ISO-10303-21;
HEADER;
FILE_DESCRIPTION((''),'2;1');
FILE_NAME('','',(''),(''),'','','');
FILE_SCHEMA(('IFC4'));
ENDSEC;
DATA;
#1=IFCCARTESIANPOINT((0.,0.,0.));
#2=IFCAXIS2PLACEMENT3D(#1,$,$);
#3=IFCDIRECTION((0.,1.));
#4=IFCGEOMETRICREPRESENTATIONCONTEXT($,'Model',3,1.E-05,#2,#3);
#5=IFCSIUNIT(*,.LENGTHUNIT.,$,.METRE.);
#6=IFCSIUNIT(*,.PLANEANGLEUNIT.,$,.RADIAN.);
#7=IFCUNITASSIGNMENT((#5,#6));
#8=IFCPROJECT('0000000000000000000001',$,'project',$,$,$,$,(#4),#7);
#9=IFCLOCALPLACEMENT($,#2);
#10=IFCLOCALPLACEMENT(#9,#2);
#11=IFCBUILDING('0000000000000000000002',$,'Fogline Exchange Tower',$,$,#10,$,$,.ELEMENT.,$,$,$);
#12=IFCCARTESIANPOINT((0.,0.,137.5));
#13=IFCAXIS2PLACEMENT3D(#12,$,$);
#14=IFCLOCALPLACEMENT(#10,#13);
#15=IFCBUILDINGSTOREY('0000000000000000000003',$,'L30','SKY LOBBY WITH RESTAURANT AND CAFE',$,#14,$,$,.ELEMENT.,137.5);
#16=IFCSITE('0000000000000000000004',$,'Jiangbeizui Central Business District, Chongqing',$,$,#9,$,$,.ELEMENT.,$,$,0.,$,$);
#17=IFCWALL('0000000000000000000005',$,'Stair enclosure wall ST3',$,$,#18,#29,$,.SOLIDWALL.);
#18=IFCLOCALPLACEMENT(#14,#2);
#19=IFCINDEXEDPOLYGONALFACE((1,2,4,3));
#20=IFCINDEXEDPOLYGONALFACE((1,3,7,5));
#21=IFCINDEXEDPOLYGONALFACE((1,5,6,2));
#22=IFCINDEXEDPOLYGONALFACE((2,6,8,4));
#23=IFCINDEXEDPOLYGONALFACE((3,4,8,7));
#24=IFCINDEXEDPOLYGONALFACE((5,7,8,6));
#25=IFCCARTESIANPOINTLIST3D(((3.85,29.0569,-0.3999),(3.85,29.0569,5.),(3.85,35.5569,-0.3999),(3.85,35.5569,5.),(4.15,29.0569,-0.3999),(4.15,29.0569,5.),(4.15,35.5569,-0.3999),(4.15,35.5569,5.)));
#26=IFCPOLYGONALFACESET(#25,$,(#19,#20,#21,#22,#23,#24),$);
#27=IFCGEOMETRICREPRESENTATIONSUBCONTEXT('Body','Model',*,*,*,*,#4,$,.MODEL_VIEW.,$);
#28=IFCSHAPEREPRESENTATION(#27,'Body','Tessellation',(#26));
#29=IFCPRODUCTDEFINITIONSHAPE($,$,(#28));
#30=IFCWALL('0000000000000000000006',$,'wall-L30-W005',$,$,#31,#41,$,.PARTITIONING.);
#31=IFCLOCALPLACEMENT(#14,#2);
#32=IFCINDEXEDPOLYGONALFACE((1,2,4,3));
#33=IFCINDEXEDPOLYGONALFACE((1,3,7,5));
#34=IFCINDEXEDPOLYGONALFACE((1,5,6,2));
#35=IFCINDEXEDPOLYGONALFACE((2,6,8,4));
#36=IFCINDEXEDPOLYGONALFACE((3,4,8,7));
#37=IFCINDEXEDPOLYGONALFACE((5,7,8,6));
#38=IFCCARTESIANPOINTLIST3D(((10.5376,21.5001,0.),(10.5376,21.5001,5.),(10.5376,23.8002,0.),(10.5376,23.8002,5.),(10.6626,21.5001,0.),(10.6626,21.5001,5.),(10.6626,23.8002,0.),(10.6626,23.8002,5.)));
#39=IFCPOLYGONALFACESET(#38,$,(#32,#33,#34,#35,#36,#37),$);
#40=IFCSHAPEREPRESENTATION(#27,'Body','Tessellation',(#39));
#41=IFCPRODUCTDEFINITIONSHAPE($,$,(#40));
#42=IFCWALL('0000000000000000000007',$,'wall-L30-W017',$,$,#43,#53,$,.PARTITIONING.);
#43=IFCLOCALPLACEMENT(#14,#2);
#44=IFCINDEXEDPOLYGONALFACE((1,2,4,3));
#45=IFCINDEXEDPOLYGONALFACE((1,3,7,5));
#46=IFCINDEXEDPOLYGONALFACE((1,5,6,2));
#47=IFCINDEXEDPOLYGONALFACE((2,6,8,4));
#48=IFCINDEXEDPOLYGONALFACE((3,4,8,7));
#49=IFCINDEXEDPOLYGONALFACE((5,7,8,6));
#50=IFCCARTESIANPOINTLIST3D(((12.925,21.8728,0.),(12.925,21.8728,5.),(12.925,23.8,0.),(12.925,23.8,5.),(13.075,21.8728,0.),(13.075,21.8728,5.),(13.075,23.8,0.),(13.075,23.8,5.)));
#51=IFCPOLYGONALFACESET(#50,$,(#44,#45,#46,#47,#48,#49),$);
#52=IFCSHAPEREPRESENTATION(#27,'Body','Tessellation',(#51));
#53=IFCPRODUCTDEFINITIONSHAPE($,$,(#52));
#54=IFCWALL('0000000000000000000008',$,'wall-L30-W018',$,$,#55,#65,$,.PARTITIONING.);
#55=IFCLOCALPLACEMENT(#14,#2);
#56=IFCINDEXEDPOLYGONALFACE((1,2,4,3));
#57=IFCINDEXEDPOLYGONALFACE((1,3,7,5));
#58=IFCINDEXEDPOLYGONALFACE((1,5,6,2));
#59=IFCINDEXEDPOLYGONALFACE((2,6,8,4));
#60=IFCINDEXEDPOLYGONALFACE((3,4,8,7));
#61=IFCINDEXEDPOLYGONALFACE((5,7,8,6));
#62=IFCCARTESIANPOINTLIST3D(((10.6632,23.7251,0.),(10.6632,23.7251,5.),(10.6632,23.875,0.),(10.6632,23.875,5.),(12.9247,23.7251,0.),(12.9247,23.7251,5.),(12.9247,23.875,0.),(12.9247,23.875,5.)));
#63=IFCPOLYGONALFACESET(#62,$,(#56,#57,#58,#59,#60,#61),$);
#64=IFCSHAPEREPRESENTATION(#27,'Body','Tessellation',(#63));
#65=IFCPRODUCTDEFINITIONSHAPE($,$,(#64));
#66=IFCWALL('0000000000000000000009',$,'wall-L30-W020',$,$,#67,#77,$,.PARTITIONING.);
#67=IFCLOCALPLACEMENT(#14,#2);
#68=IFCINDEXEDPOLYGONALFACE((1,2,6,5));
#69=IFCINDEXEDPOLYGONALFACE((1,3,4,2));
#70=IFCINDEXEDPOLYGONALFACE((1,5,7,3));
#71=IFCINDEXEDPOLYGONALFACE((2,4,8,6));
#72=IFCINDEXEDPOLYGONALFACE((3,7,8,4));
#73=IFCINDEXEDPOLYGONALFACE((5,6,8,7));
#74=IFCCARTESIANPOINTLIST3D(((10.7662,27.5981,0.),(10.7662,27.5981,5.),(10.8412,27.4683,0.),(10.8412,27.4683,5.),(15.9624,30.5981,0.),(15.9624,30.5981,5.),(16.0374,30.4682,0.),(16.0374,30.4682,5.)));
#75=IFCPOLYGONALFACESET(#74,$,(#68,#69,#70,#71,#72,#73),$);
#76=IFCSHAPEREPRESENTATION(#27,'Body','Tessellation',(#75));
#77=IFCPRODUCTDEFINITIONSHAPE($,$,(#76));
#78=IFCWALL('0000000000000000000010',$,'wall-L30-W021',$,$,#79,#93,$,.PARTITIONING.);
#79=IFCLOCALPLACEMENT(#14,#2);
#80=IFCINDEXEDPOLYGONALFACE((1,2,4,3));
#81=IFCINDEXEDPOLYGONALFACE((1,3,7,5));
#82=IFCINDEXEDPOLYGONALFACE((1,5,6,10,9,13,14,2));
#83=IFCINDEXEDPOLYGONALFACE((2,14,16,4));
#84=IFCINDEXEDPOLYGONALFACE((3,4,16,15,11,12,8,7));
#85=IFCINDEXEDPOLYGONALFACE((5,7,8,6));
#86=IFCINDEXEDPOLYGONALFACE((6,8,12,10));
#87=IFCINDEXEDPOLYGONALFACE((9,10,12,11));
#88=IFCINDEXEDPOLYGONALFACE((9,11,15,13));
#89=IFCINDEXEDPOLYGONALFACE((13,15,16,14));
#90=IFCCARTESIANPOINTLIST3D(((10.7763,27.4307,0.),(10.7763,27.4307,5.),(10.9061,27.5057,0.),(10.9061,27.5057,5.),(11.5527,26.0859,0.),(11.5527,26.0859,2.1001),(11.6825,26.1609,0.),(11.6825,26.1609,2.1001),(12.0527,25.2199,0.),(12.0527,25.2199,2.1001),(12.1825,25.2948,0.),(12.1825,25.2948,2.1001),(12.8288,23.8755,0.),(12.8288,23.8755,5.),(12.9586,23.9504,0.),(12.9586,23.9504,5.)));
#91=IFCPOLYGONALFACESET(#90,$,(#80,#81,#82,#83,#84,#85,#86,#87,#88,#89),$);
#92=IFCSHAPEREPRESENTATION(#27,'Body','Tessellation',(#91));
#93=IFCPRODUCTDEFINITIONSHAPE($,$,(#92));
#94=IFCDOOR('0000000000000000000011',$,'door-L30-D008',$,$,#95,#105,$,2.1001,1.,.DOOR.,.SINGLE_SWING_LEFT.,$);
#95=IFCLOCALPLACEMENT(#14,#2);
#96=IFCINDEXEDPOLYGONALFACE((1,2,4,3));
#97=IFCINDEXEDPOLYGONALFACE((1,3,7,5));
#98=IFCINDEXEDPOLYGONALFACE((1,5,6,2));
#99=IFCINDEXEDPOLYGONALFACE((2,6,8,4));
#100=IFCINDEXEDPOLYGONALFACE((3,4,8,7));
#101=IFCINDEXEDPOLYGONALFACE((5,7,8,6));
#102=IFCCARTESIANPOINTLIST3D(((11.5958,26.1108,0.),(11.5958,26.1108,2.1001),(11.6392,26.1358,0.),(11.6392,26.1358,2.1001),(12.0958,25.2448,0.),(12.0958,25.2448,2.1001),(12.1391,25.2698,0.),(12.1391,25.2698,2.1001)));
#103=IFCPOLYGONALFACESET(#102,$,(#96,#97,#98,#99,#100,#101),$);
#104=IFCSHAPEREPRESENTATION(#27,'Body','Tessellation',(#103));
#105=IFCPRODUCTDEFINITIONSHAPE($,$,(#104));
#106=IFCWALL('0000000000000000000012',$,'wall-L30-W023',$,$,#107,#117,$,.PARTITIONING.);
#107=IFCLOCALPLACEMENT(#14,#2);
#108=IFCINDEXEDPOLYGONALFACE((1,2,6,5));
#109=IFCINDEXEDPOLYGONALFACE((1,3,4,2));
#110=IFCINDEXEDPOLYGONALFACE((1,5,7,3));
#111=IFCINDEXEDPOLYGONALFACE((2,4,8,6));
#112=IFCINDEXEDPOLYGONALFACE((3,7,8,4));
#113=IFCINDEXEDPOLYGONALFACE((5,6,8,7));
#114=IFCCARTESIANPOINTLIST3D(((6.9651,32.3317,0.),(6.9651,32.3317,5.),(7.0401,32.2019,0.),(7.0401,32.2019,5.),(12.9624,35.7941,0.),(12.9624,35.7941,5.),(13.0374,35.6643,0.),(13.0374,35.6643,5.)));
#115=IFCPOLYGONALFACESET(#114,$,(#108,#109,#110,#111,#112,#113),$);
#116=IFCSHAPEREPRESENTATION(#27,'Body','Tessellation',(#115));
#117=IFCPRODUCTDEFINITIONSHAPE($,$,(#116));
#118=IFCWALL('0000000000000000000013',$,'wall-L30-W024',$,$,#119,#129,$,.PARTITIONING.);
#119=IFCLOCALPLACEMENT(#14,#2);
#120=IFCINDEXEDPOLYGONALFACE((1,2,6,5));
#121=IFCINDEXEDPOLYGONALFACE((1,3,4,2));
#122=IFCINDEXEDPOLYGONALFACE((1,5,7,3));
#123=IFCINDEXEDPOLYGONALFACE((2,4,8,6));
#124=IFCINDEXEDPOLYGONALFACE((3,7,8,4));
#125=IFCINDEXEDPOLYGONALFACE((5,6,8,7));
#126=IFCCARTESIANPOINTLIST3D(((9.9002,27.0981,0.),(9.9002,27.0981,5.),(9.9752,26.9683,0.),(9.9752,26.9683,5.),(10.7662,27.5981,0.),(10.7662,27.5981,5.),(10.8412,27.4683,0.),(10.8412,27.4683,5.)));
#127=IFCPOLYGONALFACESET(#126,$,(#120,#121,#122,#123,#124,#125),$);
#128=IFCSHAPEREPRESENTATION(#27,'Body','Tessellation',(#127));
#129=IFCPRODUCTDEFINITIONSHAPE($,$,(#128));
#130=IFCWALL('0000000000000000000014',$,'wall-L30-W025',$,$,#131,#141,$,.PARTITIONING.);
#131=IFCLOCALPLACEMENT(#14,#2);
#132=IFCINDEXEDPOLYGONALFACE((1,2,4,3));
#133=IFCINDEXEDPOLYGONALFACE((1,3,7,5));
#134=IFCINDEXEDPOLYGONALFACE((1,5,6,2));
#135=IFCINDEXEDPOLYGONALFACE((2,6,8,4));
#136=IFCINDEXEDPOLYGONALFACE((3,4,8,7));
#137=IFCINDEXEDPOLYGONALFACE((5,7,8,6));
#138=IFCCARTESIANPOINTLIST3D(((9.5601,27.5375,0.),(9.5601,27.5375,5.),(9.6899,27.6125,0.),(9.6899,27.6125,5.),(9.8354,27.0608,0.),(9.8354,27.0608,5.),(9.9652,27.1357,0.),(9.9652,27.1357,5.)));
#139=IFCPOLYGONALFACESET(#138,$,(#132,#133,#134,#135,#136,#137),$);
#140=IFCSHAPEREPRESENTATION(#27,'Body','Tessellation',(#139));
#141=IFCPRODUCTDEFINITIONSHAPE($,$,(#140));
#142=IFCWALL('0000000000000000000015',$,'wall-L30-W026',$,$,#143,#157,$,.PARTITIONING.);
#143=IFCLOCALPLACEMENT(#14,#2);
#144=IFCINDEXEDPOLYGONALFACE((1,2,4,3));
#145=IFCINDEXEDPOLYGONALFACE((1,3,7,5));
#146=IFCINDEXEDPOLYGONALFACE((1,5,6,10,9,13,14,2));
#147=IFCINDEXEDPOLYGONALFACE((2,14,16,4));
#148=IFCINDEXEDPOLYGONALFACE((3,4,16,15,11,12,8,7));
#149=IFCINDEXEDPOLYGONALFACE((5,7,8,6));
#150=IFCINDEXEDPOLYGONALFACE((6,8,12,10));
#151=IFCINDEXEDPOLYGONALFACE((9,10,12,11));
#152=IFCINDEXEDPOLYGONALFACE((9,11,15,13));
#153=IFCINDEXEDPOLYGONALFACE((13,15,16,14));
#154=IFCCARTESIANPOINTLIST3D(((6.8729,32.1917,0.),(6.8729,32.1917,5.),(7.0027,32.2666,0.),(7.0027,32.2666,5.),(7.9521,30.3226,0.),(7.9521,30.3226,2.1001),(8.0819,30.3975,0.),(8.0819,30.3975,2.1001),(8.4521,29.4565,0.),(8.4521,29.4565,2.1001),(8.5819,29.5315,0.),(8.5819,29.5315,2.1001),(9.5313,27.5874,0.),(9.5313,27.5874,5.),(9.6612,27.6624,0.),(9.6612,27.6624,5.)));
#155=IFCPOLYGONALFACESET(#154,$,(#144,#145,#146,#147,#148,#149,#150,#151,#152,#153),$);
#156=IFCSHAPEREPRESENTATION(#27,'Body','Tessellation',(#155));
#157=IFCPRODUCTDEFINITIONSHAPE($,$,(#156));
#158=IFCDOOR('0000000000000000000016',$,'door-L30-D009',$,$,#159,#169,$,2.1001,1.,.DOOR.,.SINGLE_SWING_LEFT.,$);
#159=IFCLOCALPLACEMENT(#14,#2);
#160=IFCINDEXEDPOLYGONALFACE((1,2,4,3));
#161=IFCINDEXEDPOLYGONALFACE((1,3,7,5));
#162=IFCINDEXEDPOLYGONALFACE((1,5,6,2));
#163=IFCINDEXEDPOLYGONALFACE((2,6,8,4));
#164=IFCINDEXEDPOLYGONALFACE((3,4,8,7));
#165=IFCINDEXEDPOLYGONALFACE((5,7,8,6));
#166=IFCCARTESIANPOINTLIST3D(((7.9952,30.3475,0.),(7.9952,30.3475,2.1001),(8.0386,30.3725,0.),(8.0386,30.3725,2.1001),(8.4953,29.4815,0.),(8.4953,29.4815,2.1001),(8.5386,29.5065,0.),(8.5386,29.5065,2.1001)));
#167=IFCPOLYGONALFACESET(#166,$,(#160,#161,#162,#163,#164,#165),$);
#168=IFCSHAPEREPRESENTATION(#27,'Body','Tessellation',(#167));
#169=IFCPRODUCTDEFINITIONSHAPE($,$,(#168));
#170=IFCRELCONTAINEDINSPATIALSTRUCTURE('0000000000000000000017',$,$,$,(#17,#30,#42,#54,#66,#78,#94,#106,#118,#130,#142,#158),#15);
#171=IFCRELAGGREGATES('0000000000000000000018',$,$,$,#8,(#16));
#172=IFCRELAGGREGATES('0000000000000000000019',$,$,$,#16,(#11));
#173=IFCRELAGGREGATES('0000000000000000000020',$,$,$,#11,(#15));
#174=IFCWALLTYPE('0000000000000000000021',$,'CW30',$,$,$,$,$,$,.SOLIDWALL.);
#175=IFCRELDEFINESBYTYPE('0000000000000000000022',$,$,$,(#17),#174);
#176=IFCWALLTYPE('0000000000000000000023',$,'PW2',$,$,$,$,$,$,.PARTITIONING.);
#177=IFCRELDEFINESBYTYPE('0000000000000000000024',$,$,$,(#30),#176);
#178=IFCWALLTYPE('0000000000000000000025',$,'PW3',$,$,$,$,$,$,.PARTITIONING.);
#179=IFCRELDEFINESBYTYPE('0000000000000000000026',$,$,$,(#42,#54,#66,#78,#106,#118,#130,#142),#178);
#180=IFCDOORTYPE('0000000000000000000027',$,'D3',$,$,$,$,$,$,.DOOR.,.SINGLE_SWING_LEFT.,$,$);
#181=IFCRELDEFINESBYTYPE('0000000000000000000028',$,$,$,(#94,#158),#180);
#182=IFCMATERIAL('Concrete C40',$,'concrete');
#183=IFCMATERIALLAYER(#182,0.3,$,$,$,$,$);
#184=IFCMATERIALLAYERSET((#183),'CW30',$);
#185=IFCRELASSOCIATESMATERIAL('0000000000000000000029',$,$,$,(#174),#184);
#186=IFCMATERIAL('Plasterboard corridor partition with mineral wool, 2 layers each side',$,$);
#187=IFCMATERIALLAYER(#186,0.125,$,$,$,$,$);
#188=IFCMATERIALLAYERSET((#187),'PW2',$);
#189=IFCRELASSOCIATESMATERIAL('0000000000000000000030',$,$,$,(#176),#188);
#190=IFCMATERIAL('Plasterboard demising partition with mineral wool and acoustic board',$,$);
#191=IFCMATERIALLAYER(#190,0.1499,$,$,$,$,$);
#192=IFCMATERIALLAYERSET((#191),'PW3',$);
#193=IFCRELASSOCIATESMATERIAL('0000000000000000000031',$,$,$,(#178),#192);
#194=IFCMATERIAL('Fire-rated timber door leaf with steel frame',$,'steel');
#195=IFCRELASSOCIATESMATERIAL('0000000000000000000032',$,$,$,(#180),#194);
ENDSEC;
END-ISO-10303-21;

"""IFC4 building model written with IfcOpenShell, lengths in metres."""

from ifc_helpers import new_model, si_unit, direction, frame, frame_2d, origin, place, context, subcontext, project, spatial, rectangle, extrude, material, layer, layer_set, type_object, element, fill, save


model = new_model("IFC4")

# Units and contexts
model_context = context("Model", 3, precision=1e-05, world=origin(), true_north=direction((0.0, 1.0)))
body_context = subcontext(model_context, "Body", "Model", "MODEL_VIEW")
ifc_project = project(units=[si_unit("LENGTHUNIT", "METRE"), si_unit("PLANEANGLEUNIT", "RADIAN")], contexts=[model_context])

# Site, building, storey
site_placement = place(None, origin())
site = spatial("IfcSite", under=ifc_project, at=site_placement, Name="Jiangbeizui Central Business District, Chongqing", CompositionType="ELEMENT", RefElevation=0.0)
building_placement = place(site_placement, origin())
building = spatial("IfcBuilding", under=site, at=building_placement, Name="Fogline Exchange Tower", CompositionType="ELEMENT")
storey_placement = place(building_placement, frame((0.0, 0.0, 137.5)))
storey = spatial("IfcBuildingStorey", under=building, at=storey_placement, Name="L30", Description="SKY LOBBY WITH RESTAURANT AND CAFE", CompositionType="ELEMENT", Elevation=137.5)

# Shared definitions
ifc_material_1 = material(Name="Concrete C40", Category="concrete")

# Walls
ifc_layer_1 = layer(ifc_material_1, 0.3)
ifc_layer_set_1 = layer_set([ifc_layer_1], Name="CW30")
wall_type_1 = type_object("IfcWallType", Name="CW30", PredefinedType="SOLIDWALL", material=ifc_layer_set_1)
wall_1_placement = place(storey_placement, frame((4.0, 29.0569, -0.3999), z_axis=(0.0, 0.0, 1.0), x_axis=(0.0, 1.0, 0.0)))
element("IfcWall", 1, at=wall_1_placement, inside=storey, type_object=wall_type_1, Name="Stair enclosure wall ST3", PredefinedType="SOLIDWALL", context=body_context, shape_type="SweptSolid", body=[
    extrude(rectangle(XDim=6.5, YDim=0.3, at=frame_2d((3.25, 0.0))), origin(), (0.0, 0.0, 1.0), 5.3999),
])
ifc_material_2 = material(Name="Plasterboard corridor partition with mineral wool, 2 layers each side")
ifc_layer_2 = layer(ifc_material_2, 0.125)
ifc_layer_set_2 = layer_set([ifc_layer_2], Name="PW2")
wall_type_2 = type_object("IfcWallType", Name="PW2", PredefinedType="PARTITIONING", material=ifc_layer_set_2)
wall_2_placement = place(storey_placement, frame((10.6001, 23.8, 0.0), z_axis=(0.0, 0.0, 1.0), x_axis=(0.0, -1.0, 0.0)))
element("IfcWall", 2, at=wall_2_placement, inside=storey, type_object=wall_type_2, Name="wall-L30-W005", PredefinedType="PARTITIONING", context=body_context, shape_type="SweptSolid", body=[
    extrude(rectangle(XDim=2.3, YDim=0.125, at=frame_2d((1.1499, 0.0))), origin(), (0.0, 0.0, 1.0), 5.0),
])
ifc_material_3 = material(Name="Plasterboard demising partition with mineral wool and acoustic board")
ifc_layer_3 = layer(ifc_material_3, 0.1499)
ifc_layer_set_3 = layer_set([ifc_layer_3], Name="PW3")
wall_type_3 = type_object("IfcWallType", Name="PW3", PredefinedType="PARTITIONING", material=ifc_layer_set_3)
wall_3_placement = place(storey_placement, frame((13.0, 23.8, 0.0), z_axis=(0.0, 0.0, 1.0), x_axis=(0.0, -1.0, 0.0)))
element("IfcWall", 3, at=wall_3_placement, inside=storey, type_object=wall_type_3, Name="wall-L30-W017", PredefinedType="PARTITIONING", context=body_context, shape_type="SweptSolid", body=[
    extrude(rectangle(XDim=1.9272, YDim=0.1499, at=frame_2d((0.9636, 0.0))), origin(), (0.0, 0.0, 1.0), 5.0),
])
wall_4_placement = place(storey_placement, frame((10.6631, 23.8, 0.0), z_axis=(0.0, 0.0, 1.0), x_axis=(1.0, 0.0, 0.0)))
element("IfcWall", 4, at=wall_4_placement, inside=storey, type_object=wall_type_3, Name="wall-L30-W018", PredefinedType="PARTITIONING", context=body_context, shape_type="SweptSolid", body=[
    extrude(rectangle(XDim=2.2615, YDim=0.1499, at=frame_2d((1.1309, 0.0))), origin(), (0.0, 0.0, 1.0), 5.0),
])
wall_5_placement = place(storey_placement, frame((10.8037, 27.5332, 0.0), z_axis=(0.0, 0.0, 1.0), x_axis=(0.866031, 0.49999, 0.0)))
element("IfcWall", 5, at=wall_5_placement, inside=storey, type_object=wall_type_3, Name="wall-L30-W020", PredefinedType="PARTITIONING", context=body_context, shape_type="SweptSolid", body=[
    extrude(rectangle(XDim=6.0, YDim=0.1499, at=frame_2d((3.0, 0.0))), origin(), (0.0, 0.0, 1.0), 5.0),
])

# Wall, opening, door
wall_6_placement = place(storey_placement, frame((12.8938, 23.9128, 0.0), z_axis=(0.0, 0.0, 1.0), x_axis=(-0.499983, 0.866035, 0.0)))
wall_6 = element("IfcWall", 6, at=wall_6_placement, inside=storey, type_object=wall_type_3, Name="wall-L30-W021", PredefinedType="PARTITIONING", context=body_context, shape_type="SweptSolid", body=[
    extrude(rectangle(XDim=4.1052, YDim=0.1499, at=frame_2d((2.0527, 0.0))), origin(), (0.0, 0.0, 1.0), 5.0),
])
opening_1_placement = place(wall_6_placement, frame((1.5525, 0.0, 0.0)))
opening_1 = element("IfcOpeningElement", 7, at=opening_1_placement, cuts=wall_6, PredefinedType="OPENING", context=body_context, shape_type="SweptSolid", body=[
    extrude(rectangle(XDim=1.0, YDim=2.1001, at=frame_2d((0.5, 1.05))), frame((0.0, 0.085, 0.0), z_axis=(0.0, -1.0, 0.0), x_axis=(1.0, 0.0, 0.0)), (0.0, 0.0, 1.0), 0.1699),
])
ifc_material_4 = material(Name="Fire-rated timber door leaf with steel frame", Category="steel")
door_type = type_object("IfcDoorType", Name="D3", OperationType="SINGLE_SWING_LEFT", PredefinedType="DOOR", material=ifc_material_4)
door_1_placement = place(opening_1_placement, frame((1.0, 0.0, 0.0), z_axis=(0.0, 0.0, 1.0), x_axis=(-1.0, 0.0, 0.0)))
door_1 = element("IfcDoor", 8, at=door_1_placement, inside=storey, type_object=door_type, Name="door-L30-D008", OperationType="SINGLE_SWING_LEFT", OverallHeight=2.1001, OverallWidth=1.0, PredefinedType="DOOR", context=body_context, shape_type="SweptSolid", body=[
    extrude(rectangle(XDim=1.0, YDim=2.1001, at=frame_2d((0.5, 1.05))), frame((0.0, 0.0249, 0.0), z_axis=(0.0, -1.0, 0.0), x_axis=(1.0, 0.0, 0.0)), (0.0, 0.0, 1.0), 0.05),
])
fill(opening_1, door_1)

# Walls
wall_7_placement = place(storey_placement, frame((7.0027, 32.2668, 0.0), z_axis=(0.0, 0.0, 1.0), x_axis=(0.866035, 0.499984, 0.0)))
element("IfcWall", 9, at=wall_7_placement, inside=storey, type_object=wall_type_3, Name="wall-L30-W023", PredefinedType="PARTITIONING", context=body_context, shape_type="SweptSolid", body=[
    extrude(rectangle(XDim=6.925, YDim=0.1499, at=frame_2d((3.4624, 0.0))), origin(), (0.0, 0.0, 1.0), 5.0),
])
wall_8_placement = place(storey_placement, frame((10.8037, 27.5332, 0.0), z_axis=(0.0, 0.0, 1.0), x_axis=(-0.866011, -0.500025, 0.0)))
element("IfcWall", 10, at=wall_8_placement, inside=storey, type_object=wall_type_3, Name="wall-L30-W024", PredefinedType="PARTITIONING", context=body_context, shape_type="SweptSolid", body=[
    extrude(rectangle(XDim=1.0, YDim=0.1499, at=frame_2d((0.5, 0.0))), origin(), (0.0, 0.0, 1.0), 5.0),
])
wall_9_placement = place(storey_placement, frame((9.9004, 27.0981, 0.0), z_axis=(0.0, 0.0, 1.0), x_axis=(-0.500145, 0.865942, 0.0)))
element("IfcWall", 11, at=wall_9_placement, inside=storey, type_object=wall_type_3, Name="wall-L30-W025", PredefinedType="PARTITIONING", context=body_context, shape_type="SweptSolid", body=[
    extrude(rectangle(XDim=0.5505, YDim=0.1499, at=frame_2d((0.2754, 0.0))), origin(), (0.0, 0.0, 1.0), 5.0),
])

# Wall, opening, door
wall_10_placement = place(storey_placement, frame((9.5962, 27.625, 0.0), z_axis=(0.0, 0.0, 1.0), x_axis=(-0.500026, 0.86601, 0.0)))
wall_10 = element("IfcWall", 12, at=wall_10_placement, inside=storey, type_object=wall_type_3, Name="wall-L30-W026", PredefinedType="PARTITIONING", context=body_context, shape_type="SweptSolid", body=[
    extrude(rectangle(XDim=5.3167, YDim=0.1499, at=frame_2d((2.6582, 0.0))), origin(), (0.0, 0.0, 1.0), 5.0),
])
opening_2_placement = place(wall_10_placement, frame((2.1582, 0.0, 0.0)))
opening_2 = element("IfcOpeningElement", 13, at=opening_2_placement, cuts=wall_10, PredefinedType="OPENING", context=body_context, shape_type="SweptSolid", body=[
    extrude(rectangle(XDim=1.0, YDim=2.1001, at=frame_2d((0.5, 1.05))), frame((0.0, 0.085, 0.0), z_axis=(0.0, -1.0, 0.0), x_axis=(1.0, 0.0, 0.0)), (0.0, 0.0, 1.0), 0.1699),
])
door_2_placement = place(opening_2_placement, frame((1.0, 0.0, 0.0), z_axis=(0.0, 0.0, 1.0), x_axis=(-1.0, 0.0, 0.0)))
door_2 = element("IfcDoor", 14, at=door_2_placement, inside=storey, type_object=door_type, Name="door-L30-D009", OperationType="SINGLE_SWING_LEFT", OverallHeight=2.1001, OverallWidth=1.0, PredefinedType="DOOR", context=body_context, shape_type="SweptSolid", body=[
    extrude(rectangle(XDim=1.0, YDim=2.1001, at=frame_2d((0.5, 1.05))), frame((0.0, 0.0249, 0.0), z_axis=(0.0, -1.0, 0.0), x_axis=(1.0, 0.0, 0.0)), (0.0, 0.0, 1.0), 0.05),
])
fill(opening_2, door_2)

save(model, "model.ifc")
